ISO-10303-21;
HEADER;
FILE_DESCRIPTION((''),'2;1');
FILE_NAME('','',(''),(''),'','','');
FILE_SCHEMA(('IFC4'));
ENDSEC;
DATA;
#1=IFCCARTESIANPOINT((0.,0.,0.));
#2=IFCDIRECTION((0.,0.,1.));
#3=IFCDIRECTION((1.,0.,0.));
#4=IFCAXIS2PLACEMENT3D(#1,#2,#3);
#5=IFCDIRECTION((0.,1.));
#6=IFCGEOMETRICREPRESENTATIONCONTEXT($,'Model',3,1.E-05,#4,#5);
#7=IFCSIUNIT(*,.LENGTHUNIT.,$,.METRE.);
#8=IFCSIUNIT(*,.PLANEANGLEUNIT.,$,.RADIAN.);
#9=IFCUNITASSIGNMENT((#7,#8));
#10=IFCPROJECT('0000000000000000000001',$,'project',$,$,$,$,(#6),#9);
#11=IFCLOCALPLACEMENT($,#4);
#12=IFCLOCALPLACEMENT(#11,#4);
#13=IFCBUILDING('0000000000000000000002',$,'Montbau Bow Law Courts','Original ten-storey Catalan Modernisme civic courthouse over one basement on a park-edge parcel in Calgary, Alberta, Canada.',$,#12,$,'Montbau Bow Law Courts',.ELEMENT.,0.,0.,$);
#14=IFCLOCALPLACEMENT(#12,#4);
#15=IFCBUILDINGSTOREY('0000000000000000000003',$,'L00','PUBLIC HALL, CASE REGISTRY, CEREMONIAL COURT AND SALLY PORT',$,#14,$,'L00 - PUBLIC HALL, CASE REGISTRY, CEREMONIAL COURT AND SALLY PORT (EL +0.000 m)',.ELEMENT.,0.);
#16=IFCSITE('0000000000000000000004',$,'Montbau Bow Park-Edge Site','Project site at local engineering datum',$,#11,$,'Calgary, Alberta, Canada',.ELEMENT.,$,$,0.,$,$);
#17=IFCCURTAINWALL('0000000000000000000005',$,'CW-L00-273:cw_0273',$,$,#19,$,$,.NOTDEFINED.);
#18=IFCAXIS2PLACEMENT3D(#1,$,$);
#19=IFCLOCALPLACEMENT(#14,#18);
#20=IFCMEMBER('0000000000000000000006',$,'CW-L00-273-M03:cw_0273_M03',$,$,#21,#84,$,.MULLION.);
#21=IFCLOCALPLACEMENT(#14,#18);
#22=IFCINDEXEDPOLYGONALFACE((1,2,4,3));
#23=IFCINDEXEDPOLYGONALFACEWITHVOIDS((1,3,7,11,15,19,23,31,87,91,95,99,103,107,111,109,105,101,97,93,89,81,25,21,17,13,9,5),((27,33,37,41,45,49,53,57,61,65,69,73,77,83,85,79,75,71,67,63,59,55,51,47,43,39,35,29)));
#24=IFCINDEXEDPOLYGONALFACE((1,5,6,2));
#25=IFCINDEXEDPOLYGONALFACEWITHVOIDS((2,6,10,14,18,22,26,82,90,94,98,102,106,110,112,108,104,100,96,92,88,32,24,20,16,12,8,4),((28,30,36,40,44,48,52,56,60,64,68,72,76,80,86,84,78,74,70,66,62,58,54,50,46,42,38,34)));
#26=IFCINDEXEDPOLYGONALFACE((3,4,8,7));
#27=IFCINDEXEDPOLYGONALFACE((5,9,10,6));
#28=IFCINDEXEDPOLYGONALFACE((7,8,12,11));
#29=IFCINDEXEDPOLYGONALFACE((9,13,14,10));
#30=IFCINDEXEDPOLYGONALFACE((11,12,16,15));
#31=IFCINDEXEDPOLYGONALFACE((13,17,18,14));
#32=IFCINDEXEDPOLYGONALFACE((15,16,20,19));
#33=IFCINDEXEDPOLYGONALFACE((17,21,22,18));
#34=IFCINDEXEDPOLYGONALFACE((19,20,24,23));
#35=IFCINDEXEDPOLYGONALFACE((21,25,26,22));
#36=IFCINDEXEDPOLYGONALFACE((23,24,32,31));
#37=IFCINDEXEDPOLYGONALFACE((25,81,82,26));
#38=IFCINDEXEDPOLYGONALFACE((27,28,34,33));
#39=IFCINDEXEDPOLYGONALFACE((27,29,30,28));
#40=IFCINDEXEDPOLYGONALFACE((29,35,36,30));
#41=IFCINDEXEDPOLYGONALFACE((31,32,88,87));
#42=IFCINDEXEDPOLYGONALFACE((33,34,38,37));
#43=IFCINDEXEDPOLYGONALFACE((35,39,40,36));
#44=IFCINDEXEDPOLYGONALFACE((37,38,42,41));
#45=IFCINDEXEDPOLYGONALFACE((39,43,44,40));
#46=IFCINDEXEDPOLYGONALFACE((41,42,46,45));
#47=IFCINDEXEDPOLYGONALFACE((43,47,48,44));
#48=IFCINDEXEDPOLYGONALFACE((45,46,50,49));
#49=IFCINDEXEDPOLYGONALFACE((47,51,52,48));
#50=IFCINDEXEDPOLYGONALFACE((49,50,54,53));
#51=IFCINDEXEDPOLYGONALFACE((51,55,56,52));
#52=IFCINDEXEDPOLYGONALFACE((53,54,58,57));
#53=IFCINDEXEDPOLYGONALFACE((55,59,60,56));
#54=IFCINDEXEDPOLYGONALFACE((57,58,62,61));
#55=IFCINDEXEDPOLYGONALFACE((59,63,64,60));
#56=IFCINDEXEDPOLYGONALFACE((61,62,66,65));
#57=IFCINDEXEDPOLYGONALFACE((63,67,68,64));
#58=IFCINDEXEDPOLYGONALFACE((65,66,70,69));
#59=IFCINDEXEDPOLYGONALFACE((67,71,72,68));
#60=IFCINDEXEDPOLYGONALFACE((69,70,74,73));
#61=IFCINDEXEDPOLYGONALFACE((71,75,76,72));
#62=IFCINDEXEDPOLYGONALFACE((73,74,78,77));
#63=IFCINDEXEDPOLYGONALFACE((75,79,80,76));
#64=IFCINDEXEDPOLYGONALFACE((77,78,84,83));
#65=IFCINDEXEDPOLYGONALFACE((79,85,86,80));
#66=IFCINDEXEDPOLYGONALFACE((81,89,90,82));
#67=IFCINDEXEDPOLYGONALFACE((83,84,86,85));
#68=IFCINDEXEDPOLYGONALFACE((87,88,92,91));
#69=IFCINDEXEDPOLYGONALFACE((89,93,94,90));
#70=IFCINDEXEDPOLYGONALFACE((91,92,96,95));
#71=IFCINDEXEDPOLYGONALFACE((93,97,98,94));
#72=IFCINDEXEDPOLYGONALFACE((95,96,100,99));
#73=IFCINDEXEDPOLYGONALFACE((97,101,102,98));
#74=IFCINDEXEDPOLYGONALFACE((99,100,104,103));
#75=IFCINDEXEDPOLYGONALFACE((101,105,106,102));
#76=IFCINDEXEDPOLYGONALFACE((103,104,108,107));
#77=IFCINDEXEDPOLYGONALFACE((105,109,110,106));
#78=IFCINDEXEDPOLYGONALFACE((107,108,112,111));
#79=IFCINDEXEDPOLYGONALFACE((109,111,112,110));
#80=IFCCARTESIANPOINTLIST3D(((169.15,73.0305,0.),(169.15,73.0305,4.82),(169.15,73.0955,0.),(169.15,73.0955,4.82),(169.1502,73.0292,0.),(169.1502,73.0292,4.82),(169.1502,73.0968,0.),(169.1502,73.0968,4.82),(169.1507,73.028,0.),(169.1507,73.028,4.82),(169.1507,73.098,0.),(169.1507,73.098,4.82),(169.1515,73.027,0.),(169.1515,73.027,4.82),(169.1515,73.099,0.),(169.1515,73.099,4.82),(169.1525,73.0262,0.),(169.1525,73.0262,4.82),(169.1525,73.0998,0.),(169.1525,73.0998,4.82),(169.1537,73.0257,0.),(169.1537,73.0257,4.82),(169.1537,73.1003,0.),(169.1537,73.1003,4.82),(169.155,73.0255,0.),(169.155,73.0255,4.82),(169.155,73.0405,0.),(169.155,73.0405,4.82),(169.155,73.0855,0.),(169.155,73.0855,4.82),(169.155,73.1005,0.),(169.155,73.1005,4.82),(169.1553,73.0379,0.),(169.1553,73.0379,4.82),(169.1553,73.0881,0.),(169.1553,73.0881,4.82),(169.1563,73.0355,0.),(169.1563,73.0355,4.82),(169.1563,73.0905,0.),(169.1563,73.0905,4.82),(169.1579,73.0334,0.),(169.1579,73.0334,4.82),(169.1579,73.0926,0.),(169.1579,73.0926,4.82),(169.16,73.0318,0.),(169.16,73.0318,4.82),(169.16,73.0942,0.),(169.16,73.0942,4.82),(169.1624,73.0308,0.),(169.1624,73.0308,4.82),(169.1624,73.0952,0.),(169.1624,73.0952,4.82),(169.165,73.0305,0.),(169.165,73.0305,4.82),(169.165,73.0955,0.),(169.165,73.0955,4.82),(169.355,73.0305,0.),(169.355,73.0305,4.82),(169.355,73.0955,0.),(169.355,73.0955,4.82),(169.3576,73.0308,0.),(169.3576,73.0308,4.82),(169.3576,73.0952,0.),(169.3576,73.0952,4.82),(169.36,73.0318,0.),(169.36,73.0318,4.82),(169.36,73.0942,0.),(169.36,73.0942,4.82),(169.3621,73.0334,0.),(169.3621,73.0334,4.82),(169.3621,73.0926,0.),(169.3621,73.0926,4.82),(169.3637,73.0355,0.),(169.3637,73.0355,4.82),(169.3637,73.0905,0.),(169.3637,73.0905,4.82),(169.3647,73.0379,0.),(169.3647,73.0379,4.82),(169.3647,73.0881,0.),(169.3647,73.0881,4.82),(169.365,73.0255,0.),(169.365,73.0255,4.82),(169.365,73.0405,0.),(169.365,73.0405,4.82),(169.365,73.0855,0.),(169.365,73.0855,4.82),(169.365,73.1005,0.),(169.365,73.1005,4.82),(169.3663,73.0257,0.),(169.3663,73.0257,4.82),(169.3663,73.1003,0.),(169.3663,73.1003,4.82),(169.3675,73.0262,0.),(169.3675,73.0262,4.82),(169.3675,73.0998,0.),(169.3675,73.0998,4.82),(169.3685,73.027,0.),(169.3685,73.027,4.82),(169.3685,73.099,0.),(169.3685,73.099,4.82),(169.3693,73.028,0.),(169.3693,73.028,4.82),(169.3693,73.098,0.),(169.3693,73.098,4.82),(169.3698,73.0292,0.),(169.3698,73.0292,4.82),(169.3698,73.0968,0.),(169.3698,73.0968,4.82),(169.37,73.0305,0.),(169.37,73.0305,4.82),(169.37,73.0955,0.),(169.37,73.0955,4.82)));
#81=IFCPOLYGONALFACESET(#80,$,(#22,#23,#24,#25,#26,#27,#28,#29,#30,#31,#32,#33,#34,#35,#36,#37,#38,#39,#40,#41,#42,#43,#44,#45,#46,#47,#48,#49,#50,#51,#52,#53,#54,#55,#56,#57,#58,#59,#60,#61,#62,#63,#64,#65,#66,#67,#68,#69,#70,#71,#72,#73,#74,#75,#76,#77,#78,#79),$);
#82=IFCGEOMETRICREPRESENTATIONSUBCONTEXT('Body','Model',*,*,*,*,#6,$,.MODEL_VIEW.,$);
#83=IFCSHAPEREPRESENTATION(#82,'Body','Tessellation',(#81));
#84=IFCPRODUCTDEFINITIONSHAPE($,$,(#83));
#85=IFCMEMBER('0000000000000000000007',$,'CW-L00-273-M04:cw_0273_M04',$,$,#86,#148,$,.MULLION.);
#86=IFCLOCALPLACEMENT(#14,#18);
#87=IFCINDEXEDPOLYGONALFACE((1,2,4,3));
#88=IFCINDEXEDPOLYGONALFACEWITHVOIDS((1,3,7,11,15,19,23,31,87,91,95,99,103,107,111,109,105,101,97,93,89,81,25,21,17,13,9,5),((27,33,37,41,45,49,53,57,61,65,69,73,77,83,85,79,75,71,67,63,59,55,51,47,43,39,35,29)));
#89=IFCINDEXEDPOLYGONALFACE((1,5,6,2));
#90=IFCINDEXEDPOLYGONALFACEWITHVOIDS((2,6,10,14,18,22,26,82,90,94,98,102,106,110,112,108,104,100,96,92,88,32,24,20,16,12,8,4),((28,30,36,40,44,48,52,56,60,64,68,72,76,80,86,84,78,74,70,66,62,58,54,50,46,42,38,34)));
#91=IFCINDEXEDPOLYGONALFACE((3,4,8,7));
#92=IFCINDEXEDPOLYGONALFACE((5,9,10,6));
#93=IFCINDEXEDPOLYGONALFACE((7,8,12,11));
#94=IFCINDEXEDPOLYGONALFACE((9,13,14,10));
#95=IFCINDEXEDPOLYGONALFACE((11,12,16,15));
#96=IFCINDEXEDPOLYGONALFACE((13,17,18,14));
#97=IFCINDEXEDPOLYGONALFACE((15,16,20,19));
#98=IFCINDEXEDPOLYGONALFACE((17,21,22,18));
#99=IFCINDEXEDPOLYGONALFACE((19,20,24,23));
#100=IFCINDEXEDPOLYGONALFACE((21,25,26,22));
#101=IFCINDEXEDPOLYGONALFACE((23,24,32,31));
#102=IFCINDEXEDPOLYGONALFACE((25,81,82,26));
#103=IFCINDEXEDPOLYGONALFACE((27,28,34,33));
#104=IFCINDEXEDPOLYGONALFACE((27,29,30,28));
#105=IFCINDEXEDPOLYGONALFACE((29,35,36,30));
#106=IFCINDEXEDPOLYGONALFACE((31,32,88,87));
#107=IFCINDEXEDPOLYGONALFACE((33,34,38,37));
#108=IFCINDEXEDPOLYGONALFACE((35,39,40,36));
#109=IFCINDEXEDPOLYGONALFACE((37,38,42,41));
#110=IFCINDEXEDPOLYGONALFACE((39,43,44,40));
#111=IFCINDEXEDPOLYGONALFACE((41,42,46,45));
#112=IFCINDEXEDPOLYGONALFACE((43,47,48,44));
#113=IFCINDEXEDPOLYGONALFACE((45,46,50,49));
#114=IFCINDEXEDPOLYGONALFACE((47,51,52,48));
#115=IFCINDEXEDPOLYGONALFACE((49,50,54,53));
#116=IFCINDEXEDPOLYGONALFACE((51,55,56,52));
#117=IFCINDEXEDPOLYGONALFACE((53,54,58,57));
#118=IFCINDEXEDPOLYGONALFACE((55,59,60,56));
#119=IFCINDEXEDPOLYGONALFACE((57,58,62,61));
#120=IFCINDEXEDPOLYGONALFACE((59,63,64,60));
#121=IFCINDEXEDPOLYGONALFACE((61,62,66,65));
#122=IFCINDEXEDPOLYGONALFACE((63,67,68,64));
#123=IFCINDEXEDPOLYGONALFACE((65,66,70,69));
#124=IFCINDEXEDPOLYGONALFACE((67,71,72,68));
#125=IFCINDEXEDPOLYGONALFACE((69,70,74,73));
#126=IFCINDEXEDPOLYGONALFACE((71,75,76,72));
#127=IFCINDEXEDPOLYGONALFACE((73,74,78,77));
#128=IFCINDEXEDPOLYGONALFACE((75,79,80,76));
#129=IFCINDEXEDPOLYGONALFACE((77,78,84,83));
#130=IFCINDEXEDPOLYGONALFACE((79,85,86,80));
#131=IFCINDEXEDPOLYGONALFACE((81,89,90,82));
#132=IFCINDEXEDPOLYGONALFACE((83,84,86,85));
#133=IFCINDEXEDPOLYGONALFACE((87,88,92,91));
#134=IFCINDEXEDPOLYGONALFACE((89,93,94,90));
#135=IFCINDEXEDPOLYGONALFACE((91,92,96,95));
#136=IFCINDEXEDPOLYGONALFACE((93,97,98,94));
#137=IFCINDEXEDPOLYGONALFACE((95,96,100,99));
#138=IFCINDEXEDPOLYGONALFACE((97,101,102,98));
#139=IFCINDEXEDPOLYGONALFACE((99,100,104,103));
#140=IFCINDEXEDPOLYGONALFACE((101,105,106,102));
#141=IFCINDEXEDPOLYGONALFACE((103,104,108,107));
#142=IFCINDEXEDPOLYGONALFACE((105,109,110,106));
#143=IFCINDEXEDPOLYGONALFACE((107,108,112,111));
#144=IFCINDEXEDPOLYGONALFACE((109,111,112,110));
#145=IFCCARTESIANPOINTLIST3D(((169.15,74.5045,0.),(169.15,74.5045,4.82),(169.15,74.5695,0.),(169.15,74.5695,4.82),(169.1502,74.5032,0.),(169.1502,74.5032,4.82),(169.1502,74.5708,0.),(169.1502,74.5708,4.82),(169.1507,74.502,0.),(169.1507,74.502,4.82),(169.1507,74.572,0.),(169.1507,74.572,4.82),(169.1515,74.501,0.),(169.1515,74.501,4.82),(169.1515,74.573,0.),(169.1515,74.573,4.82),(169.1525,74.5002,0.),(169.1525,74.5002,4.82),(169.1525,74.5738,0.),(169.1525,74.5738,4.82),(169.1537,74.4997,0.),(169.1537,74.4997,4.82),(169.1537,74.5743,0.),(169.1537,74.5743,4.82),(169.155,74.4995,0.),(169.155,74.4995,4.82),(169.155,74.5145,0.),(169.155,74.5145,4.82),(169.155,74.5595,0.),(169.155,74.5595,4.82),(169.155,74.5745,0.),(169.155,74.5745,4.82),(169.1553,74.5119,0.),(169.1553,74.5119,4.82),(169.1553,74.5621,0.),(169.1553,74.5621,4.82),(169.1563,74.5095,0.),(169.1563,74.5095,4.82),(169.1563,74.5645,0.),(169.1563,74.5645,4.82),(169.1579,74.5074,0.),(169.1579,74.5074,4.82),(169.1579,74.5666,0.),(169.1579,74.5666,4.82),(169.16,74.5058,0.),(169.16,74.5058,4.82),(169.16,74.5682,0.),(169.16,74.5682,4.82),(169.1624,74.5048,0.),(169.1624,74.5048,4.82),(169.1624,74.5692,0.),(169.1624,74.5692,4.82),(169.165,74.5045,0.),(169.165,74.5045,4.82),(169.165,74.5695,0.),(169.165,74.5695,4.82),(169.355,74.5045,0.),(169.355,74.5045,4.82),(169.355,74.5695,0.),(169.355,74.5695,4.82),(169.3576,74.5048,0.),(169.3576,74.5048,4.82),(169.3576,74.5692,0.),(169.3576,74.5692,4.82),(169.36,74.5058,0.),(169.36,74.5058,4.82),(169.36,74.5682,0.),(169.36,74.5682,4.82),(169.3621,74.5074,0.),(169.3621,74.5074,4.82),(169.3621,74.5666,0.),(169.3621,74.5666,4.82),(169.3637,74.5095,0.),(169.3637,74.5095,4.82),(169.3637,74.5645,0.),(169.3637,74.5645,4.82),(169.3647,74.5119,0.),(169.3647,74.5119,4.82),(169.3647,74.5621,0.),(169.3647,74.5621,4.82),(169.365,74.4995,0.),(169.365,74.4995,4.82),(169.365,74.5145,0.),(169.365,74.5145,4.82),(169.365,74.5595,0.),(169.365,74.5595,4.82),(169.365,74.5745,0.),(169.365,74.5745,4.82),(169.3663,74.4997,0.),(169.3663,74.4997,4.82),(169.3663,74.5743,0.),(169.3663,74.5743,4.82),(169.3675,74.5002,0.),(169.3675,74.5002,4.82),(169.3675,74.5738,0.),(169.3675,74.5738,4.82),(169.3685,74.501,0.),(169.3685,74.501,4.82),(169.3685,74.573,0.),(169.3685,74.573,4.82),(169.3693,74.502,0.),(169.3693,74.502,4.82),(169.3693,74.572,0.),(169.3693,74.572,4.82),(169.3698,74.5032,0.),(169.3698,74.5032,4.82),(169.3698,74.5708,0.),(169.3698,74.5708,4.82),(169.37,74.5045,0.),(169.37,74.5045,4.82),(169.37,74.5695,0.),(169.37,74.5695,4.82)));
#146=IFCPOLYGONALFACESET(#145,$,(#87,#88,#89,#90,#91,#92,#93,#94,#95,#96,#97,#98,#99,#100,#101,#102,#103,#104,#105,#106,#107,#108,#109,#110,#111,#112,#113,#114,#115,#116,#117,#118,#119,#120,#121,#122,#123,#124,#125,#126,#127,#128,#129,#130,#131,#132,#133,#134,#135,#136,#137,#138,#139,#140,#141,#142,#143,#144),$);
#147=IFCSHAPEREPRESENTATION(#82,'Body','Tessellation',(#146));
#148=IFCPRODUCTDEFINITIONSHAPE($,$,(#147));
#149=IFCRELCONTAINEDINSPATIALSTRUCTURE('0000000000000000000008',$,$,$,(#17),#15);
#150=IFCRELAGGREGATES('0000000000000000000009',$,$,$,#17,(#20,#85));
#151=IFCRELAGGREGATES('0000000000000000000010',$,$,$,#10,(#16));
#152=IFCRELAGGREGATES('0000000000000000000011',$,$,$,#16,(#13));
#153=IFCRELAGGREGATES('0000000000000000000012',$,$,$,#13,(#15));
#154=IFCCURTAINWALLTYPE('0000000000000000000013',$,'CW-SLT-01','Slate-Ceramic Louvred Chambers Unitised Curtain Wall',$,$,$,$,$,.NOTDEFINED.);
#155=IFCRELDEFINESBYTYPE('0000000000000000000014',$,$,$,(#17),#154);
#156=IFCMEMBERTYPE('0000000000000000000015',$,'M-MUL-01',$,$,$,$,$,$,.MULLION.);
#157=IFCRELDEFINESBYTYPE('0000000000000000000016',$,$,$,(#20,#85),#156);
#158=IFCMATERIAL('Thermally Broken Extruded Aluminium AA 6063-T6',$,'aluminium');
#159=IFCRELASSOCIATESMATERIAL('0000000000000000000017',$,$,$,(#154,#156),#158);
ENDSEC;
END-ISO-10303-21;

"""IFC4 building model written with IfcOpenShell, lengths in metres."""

from ifc_helpers import new_model, si_unit, direction, frame, origin_with_axes, origin_2d_with_axis, place, context, subcontext, project, spatial, hollow_rectangle, extrude, material, material_profile, profile_set, type_object, element, aggregate, save


model = new_model("IFC4")

# Units and contexts
model_context = context("Model", 3, precision=1e-05, world=origin_with_axes(), true_north=direction((0.0, 1.0)))
body_context = subcontext(model_context, "Body", "Model", "MODEL_VIEW")
ifc_project = project(units=[si_unit("LENGTHUNIT", "METRE"), si_unit("PLANEANGLEUNIT", "RADIAN")], contexts=[model_context])

# Site, building, storey
site_placement = place(None, origin_with_axes())
site = spatial("IfcSite", under=ifc_project, at=site_placement, Name="Montbau Bow Park-Edge Site", Description="Project site at local engineering datum", LongName="Calgary, Alberta, Canada", CompositionType="ELEMENT", RefElevation=0.0)
building_placement = place(site_placement, origin_with_axes())
building = spatial("IfcBuilding", under=site, at=building_placement, Name="Montbau Bow Law Courts", Description="Original ten-storey Catalan Modernisme civic courthouse over one basement on a park-edge parcel in Calgary, Alberta, Canada.", LongName="Montbau Bow Law Courts", CompositionType="ELEMENT", ElevationOfRefHeight=0.0, ElevationOfTerrain=0.0)
storey_placement = place(building_placement, origin_with_axes())
storey = spatial("IfcBuildingStorey", under=building, at=storey_placement, Name="L00", Description="PUBLIC HALL, CASE REGISTRY, CEREMONIAL COURT AND SALLY PORT", LongName="L00 - PUBLIC HALL, CASE REGISTRY, CEREMONIAL COURT AND SALLY PORT (EL +0.000 m)", CompositionType="ELEMENT", Elevation=0.0)

# Curtain wall, members
ifc_material_1 = material(Name="Thermally Broken Extruded Aluminium AA 6063-T6", Category="aluminium")
curtain_wall_type = type_object("IfcCurtainWallType", Name="CW-SLT-01", Description="Slate-Ceramic Louvred Chambers Unitised Curtain Wall", PredefinedType="NOTDEFINED", material=ifc_material_1)
curtain_wall_placement = place(None, frame((169.26, 70.115, 0.0), z_axis=(0.0, 0.0, 1.0), x_axis=(1.0, 0.0, 0.0)))
curtain_wall = element("IfcCurtainWall", 1, at=curtain_wall_placement, inside=storey, type_object=curtain_wall_type, Name="CW-L00-273:cw_0273", PredefinedType="NOTDEFINED")
ifc_material_profile_1 = material_profile(ifc_material_1, hollow_rectangle(XDim=0.075, YDim=0.22, WallThickness=0.005, InnerFilletRadius=0.01, OuterFilletRadius=0.005, at=origin_2d_with_axis()), Name="CWM-220X75", Category="Main", Priority=0)
ifc_profile_set_1 = profile_set([ifc_material_profile_1], Name="Thermally Broken Extruded Aluminium AA 6063-T6")
member_type_1 = type_object("IfcMemberType", Name="M-MUL-01", PredefinedType="MULLION", material=ifc_profile_set_1)
member_1_placement = place(None, frame((169.26, 73.063, 0.0), z_axis=(0.0, 0.0, 1.0), x_axis=(0.0, 1.0, 0.0)))
member_1 = element("IfcMember", 2, at=member_1_placement, type_object=member_type_1, Name="CW-L00-273-M03:cw_0273_M03", PredefinedType="MULLION", context=body_context, shape_type="SweptSolid", body=[
    extrude(hollow_rectangle(XDim=0.075, YDim=0.22, WallThickness=0.005, InnerFilletRadius=0.01, OuterFilletRadius=0.005, at=origin_2d_with_axis()), origin_with_axes(), (0.0, 0.0, 1.0), 4.82),
])
member_2_placement = place(None, frame((169.26, 74.537, 0.0), z_axis=(0.0, 0.0, 1.0), x_axis=(0.0, 1.0, 0.0)))
member_2 = element("IfcMember", 3, at=member_2_placement, type_object=member_type_1, Name="CW-L00-273-M04:cw_0273_M04", PredefinedType="MULLION", context=body_context, shape_type="SweptSolid", body=[
    extrude(hollow_rectangle(XDim=0.075, YDim=0.22, WallThickness=0.005, InnerFilletRadius=0.01, OuterFilletRadius=0.005, at=origin_2d_with_axis()), origin_with_axes(), (0.0, 0.0, 1.0), 4.82),
])
aggregate(curtain_wall, [member_1, member_2])

save(model, "model.ifc")
